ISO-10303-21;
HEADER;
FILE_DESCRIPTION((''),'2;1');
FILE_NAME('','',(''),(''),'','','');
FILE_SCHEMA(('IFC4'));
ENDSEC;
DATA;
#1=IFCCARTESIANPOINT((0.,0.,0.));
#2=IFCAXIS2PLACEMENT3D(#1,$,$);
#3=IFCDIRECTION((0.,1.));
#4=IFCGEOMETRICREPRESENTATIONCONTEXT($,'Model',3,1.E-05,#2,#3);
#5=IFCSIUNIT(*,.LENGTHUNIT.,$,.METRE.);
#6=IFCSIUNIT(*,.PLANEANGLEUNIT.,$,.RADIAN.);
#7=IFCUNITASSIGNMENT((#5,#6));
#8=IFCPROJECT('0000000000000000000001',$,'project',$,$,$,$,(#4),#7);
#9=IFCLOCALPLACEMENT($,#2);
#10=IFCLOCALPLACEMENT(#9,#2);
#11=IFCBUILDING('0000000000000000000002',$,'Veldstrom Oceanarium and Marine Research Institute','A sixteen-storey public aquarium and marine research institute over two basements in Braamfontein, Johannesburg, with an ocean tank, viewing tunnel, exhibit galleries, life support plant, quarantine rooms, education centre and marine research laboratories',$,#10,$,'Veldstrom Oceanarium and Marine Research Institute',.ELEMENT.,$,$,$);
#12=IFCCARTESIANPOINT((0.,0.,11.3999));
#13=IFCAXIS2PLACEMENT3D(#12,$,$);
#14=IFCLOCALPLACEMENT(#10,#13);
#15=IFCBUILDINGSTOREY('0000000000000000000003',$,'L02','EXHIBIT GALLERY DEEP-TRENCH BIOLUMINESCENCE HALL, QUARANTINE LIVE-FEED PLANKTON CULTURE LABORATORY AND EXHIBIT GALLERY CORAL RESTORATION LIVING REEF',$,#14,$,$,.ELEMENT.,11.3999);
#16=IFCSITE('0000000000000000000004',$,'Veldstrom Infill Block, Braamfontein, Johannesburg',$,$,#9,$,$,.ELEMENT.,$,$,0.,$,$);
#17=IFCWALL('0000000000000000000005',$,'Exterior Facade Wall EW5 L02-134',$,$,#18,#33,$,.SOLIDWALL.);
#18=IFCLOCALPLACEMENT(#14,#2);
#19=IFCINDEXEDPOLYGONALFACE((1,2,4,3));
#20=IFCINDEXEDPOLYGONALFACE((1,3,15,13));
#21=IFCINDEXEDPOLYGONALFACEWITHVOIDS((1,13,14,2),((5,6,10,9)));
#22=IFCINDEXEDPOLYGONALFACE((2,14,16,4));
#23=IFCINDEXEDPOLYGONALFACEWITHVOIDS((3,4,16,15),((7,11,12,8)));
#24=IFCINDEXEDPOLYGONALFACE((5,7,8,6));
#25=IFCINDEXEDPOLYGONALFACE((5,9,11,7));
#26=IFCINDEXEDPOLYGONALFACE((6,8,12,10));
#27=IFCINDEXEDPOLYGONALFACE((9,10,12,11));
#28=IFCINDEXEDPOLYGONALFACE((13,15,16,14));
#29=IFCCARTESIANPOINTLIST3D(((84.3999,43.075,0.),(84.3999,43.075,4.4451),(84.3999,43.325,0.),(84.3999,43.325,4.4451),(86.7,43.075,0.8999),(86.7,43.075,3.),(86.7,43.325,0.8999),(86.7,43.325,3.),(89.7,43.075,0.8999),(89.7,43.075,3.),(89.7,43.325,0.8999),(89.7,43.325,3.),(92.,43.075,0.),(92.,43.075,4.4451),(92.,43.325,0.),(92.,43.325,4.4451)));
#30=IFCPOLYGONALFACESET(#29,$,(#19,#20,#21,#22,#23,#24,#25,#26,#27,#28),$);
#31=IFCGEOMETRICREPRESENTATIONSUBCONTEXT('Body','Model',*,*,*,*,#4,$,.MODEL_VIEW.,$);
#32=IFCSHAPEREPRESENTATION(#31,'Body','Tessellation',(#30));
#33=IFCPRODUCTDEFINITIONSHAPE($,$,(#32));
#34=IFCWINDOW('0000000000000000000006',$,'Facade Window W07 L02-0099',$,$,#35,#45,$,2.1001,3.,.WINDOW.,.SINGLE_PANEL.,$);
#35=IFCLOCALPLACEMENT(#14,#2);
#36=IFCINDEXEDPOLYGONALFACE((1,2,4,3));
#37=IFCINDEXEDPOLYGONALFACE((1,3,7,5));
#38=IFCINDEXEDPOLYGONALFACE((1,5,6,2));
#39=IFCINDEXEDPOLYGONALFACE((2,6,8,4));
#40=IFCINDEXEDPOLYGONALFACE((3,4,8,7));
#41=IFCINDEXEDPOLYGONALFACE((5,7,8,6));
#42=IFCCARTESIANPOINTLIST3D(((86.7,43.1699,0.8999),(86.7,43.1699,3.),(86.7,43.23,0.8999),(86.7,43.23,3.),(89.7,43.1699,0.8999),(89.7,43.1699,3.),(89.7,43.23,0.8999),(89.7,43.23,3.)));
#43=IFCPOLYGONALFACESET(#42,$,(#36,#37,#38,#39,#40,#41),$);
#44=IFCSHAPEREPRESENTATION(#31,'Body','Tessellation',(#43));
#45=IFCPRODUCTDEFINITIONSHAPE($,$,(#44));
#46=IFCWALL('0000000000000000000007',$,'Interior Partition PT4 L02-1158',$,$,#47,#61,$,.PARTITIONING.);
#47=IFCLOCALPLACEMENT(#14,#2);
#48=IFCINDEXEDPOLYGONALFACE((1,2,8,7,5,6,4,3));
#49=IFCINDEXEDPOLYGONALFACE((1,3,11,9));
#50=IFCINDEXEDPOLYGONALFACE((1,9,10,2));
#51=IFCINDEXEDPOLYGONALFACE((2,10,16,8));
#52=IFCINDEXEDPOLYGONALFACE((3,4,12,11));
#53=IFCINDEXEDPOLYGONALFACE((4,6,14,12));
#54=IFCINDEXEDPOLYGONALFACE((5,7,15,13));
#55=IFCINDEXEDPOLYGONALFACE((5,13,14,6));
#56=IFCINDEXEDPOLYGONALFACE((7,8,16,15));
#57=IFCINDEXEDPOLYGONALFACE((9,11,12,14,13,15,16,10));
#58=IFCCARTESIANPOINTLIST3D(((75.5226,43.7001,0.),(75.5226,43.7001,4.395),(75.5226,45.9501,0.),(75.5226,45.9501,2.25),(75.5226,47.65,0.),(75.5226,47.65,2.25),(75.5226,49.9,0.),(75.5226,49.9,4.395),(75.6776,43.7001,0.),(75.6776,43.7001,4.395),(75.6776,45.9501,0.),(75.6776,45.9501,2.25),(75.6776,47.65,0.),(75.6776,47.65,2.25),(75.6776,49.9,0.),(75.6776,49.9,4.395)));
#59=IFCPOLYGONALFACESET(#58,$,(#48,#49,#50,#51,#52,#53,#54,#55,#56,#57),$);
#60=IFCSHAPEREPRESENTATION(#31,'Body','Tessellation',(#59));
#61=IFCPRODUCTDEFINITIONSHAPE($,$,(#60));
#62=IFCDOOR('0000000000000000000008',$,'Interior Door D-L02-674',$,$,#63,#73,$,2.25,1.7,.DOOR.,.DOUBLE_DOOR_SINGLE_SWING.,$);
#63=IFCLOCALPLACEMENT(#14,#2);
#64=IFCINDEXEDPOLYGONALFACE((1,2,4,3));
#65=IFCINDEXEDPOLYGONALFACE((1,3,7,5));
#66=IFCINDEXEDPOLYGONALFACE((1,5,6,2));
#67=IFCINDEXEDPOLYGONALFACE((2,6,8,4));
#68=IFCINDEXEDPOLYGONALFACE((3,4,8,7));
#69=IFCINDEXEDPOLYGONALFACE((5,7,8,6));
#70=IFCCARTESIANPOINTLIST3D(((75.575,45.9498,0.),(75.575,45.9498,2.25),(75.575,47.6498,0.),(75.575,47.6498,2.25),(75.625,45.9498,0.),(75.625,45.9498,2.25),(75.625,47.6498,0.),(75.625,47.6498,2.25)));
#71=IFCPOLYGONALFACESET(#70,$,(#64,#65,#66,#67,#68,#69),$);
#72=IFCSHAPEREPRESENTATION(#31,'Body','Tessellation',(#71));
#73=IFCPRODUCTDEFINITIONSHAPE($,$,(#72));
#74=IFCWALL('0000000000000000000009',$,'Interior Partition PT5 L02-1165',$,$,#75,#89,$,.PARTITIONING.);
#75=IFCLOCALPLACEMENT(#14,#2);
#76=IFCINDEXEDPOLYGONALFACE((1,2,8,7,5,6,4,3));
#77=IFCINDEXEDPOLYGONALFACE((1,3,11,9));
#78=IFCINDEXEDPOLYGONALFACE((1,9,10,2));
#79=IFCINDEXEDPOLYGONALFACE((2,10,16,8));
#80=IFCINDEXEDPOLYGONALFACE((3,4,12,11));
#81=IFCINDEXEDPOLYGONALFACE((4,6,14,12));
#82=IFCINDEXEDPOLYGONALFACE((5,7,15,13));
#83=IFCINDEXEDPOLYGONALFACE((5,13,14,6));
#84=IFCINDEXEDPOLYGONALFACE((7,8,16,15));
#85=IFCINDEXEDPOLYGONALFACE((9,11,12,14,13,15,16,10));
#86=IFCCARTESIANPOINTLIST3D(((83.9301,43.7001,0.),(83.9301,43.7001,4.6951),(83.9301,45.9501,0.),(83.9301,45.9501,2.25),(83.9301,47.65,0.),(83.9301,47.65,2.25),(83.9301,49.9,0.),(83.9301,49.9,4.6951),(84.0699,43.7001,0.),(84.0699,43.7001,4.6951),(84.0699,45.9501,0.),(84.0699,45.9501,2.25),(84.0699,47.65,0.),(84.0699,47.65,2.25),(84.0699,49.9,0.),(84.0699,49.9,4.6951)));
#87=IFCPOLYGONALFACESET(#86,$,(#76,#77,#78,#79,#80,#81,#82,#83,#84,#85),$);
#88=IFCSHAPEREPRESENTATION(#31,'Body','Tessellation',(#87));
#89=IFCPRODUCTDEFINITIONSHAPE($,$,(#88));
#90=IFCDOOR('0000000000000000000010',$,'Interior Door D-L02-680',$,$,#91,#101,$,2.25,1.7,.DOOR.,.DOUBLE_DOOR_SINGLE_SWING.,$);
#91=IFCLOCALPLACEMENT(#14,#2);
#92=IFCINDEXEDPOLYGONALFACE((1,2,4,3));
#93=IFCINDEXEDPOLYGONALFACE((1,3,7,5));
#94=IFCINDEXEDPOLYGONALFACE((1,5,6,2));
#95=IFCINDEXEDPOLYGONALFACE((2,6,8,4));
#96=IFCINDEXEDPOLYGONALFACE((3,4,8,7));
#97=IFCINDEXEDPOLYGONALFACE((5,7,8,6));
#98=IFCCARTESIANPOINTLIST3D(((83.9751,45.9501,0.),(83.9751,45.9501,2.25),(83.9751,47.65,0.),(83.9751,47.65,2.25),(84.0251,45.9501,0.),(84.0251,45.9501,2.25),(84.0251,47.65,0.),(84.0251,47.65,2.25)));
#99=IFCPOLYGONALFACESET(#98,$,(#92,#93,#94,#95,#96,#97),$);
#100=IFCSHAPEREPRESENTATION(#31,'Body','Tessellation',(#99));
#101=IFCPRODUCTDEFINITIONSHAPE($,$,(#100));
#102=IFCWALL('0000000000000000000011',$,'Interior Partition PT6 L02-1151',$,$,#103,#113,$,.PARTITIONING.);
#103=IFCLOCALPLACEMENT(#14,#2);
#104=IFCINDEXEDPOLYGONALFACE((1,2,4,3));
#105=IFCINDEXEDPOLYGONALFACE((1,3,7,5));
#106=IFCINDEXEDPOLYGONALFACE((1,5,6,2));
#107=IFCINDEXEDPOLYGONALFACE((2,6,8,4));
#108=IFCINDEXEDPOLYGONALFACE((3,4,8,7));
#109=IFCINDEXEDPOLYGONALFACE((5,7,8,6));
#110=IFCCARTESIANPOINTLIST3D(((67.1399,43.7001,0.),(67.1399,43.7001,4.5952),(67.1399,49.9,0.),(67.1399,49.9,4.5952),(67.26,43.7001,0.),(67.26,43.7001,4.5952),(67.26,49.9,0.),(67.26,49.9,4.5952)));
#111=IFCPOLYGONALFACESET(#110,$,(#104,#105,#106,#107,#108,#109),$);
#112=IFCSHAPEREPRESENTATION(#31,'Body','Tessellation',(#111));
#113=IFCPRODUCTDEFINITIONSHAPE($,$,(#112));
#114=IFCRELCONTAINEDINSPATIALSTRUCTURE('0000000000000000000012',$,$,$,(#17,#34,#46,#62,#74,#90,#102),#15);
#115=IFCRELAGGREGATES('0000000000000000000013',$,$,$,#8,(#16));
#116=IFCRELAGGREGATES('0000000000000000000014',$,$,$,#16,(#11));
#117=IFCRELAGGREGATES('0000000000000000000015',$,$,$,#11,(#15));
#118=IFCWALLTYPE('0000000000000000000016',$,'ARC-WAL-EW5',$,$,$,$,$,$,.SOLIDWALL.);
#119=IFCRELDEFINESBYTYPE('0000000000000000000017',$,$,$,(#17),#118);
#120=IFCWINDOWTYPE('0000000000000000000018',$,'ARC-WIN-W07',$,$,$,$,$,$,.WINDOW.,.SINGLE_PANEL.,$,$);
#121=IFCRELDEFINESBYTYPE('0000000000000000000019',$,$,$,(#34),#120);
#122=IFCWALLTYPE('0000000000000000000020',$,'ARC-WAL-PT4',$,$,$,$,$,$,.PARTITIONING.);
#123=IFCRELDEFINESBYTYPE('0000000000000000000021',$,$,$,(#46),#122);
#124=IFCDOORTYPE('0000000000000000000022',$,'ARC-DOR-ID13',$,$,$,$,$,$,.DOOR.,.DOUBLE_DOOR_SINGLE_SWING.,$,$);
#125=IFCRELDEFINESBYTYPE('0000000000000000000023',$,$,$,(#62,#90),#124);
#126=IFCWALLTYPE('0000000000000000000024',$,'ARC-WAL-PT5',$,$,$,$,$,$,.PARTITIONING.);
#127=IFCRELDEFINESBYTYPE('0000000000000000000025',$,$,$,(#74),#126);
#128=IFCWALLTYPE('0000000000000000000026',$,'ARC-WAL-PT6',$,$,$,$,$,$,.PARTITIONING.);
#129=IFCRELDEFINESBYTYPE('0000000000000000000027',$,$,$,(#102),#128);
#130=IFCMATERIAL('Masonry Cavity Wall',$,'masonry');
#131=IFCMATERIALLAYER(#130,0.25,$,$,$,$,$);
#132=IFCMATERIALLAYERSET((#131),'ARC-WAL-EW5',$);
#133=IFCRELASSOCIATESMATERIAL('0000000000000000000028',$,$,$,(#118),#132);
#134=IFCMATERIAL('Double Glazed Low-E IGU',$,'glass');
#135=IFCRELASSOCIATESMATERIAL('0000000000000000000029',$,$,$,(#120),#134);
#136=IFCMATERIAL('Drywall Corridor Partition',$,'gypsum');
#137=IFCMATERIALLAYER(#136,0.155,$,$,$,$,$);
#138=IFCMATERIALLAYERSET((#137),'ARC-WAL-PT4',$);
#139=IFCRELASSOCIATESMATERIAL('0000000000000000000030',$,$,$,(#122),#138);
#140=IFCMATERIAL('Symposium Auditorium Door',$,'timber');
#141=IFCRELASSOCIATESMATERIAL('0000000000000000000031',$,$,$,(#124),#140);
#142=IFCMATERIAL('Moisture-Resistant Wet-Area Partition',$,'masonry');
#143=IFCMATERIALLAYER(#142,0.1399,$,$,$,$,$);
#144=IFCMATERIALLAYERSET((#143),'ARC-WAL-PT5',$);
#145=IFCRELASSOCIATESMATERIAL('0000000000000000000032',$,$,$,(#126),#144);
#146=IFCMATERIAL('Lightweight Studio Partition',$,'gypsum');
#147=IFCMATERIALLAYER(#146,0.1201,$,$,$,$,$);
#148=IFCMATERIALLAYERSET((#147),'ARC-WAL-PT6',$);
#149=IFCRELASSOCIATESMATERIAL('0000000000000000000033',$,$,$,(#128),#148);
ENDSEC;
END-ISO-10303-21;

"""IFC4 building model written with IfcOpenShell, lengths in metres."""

from ifc_helpers import new_model, si_unit, direction, frame, frame_2d, origin, place, context, subcontext, project, spatial, rectangle, extrude, material, layer, layer_set, type_object, element, fill, save


model = new_model("IFC4")

# Units and contexts
model_context = context("Model", 3, precision=1e-05, world=origin(), true_north=direction((0.0, 1.0)))
body_context = subcontext(model_context, "Body", "Model", "MODEL_VIEW")
ifc_project = project(units=[si_unit("LENGTHUNIT", "METRE"), si_unit("PLANEANGLEUNIT", "RADIAN")], contexts=[model_context])

# Site, building, storey
site_placement = place(None, origin())
site = spatial("IfcSite", under=ifc_project, at=site_placement, Name="Veldstrom Infill Block, Braamfontein, Johannesburg", CompositionType="ELEMENT", RefElevation=0.0)
building_placement = place(site_placement, origin())
building = spatial("IfcBuilding", under=site, at=building_placement, Name="Veldstrom Oceanarium and Marine Research Institute", Description="A sixteen-storey public aquarium and marine research institute over two basements in Braamfontein, Johannesburg, with an ocean tank, viewing tunnel, exhibit galleries, life support plant, quarantine rooms, education centre and marine research laboratories", LongName="Veldstrom Oceanarium and Marine Research Institute", CompositionType="ELEMENT")
storey_placement = place(building_placement, frame((0.0, 0.0, 11.3999)))
storey = spatial("IfcBuildingStorey", under=building, at=storey_placement, Name="L02", Description="EXHIBIT GALLERY DEEP-TRENCH BIOLUMINESCENCE HALL, QUARANTINE LIVE-FEED PLANKTON CULTURE LABORATORY AND EXHIBIT GALLERY CORAL RESTORATION LIVING REEF", CompositionType="ELEMENT", Elevation=11.3999)

# Wall, opening, window
ifc_material_1 = material(Name="Masonry Cavity Wall", Category="masonry")
ifc_layer_1 = layer(ifc_material_1, 0.25)
ifc_layer_set_1 = layer_set([ifc_layer_1], Name="ARC-WAL-EW5")
wall_type_1 = type_object("IfcWallType", Name="ARC-WAL-EW5", PredefinedType="SOLIDWALL", material=ifc_layer_set_1)
wall_1_placement = place(storey_placement, frame((84.3999, 43.2, 0.0), z_axis=(0.0, 0.0, 1.0), x_axis=(1.0, 0.0, 0.0)))
wall_1 = element("IfcWall", 1, at=wall_1_placement, inside=storey, type_object=wall_type_1, Name="Exterior Facade Wall EW5 L02-134", PredefinedType="SOLIDWALL", context=body_context, shape_type="SweptSolid", body=[
    extrude(rectangle(XDim=7.6001, YDim=0.25, at=frame_2d((3.8, 0.0))), origin(), (0.0, 0.0, 1.0), 4.4451),
])
opening_1_placement = place(wall_1_placement, frame((2.3, 0.0, 0.8999)))
opening_1 = element("IfcOpeningElement", 2, at=opening_1_placement, cuts=wall_1, PredefinedType="OPENING", context=body_context, shape_type="SweptSolid", body=[
    extrude(rectangle(XDim=3.0, YDim=2.1001, at=frame_2d((1.5, 1.05))), frame((0.0, 0.135, 0.0), z_axis=(0.0, -1.0, 0.0), x_axis=(1.0, 0.0, 0.0)), (0.0, 0.0, 1.0), 0.27),
])
ifc_material_2 = material(Name="Double Glazed Low-E IGU", Category="glass")
window_type = type_object("IfcWindowType", Name="ARC-WIN-W07", PartitioningType="SINGLE_PANEL", PredefinedType="WINDOW", material=ifc_material_2)
window_placement = place(opening_1_placement, origin())
window = element("IfcWindow", 3, at=window_placement, inside=storey, type_object=window_type, Name="Facade Window W07 L02-0099", OverallHeight=2.1001, OverallWidth=3.0, PartitioningType="SINGLE_PANEL", PredefinedType="WINDOW", context=body_context, shape_type="SweptSolid", body=[
    extrude(rectangle(XDim=3.0, YDim=2.1001, at=frame_2d((1.5, 1.05))), frame((0.0, 0.03, 0.0), z_axis=(0.0, -1.0, 0.0), x_axis=(1.0, 0.0, 0.0)), (0.0, 0.0, 1.0), 0.0601),
])
fill(opening_1, window)

# Walls, openings, doors
ifc_material_3 = material(Name="Drywall Corridor Partition", Category="gypsum")
ifc_layer_2 = layer(ifc_material_3, 0.155)
ifc_layer_set_2 = layer_set([ifc_layer_2], Name="ARC-WAL-PT4")
wall_type_2 = type_object("IfcWallType", Name="ARC-WAL-PT4", PredefinedType="PARTITIONING", material=ifc_layer_set_2)
wall_2_placement = place(storey_placement, frame((75.6001, 43.7, 0.0), z_axis=(0.0, 0.0, 1.0), x_axis=(0.0, 1.0, 0.0)))
wall_2 = element("IfcWall", 4, at=wall_2_placement, inside=storey, type_object=wall_type_2, Name="Interior Partition PT4 L02-1158", PredefinedType="PARTITIONING", context=body_context, shape_type="SweptSolid", body=[
    extrude(rectangle(XDim=6.2, YDim=0.155, at=frame_2d((3.1001, 0.0))), origin(), (0.0, 0.0, 1.0), 4.395),
])
opening_2_placement = place(wall_2_placement, frame((2.25, 0.0, 0.0)))
opening_2 = element("IfcOpeningElement", 5, at=opening_2_placement, cuts=wall_2, PredefinedType="OPENING", context=body_context, shape_type="SweptSolid", body=[
    extrude(rectangle(XDim=1.7, YDim=2.25, at=frame_2d((0.8501, 1.125))), frame((0.0, 0.0874, 0.0), z_axis=(0.0, -1.0, 0.0), x_axis=(1.0, 0.0, 0.0)), (0.0, 0.0, 1.0), 0.175),
])
ifc_material_4 = material(Name="Symposium Auditorium Door", Category="timber")
door_type = type_object("IfcDoorType", Name="ARC-DOR-ID13", OperationType="DOUBLE_DOOR_SINGLE_SWING", PredefinedType="DOOR", material=ifc_material_4)
door_1_placement = place(opening_2_placement, frame((1.7, 0.0, 0.0), z_axis=(0.0, 0.0, 1.0), x_axis=(-1.0, 0.0, 0.0)))
door_1 = element("IfcDoor", 6, at=door_1_placement, inside=storey, type_object=door_type, Name="Interior Door D-L02-674", OperationType="DOUBLE_DOOR_SINGLE_SWING", OverallHeight=2.25, OverallWidth=1.7, PredefinedType="DOOR", context=body_context, shape_type="SweptSolid", body=[
    extrude(rectangle(XDim=1.7, YDim=2.25, at=frame_2d((0.8501, 1.125))), frame((0.0, 0.0249, 0.0), z_axis=(0.0, -1.0, 0.0), x_axis=(1.0, 0.0, 0.0)), (0.0, 0.0, 1.0), 0.05),
])
fill(opening_2, door_1)
ifc_material_5 = material(Name="Moisture-Resistant Wet-Area Partition", Category="masonry")
ifc_layer_3 = layer(ifc_material_5, 0.1399)
ifc_layer_set_3 = layer_set([ifc_layer_3], Name="ARC-WAL-PT5")
wall_type_3 = type_object("IfcWallType", Name="ARC-WAL-PT5", PredefinedType="PARTITIONING", material=ifc_layer_set_3)
wall_3_placement = place(storey_placement, frame((84.0, 43.7, 0.0), z_axis=(0.0, 0.0, 1.0), x_axis=(0.0, 1.0, 0.0)))
wall_3 = element("IfcWall", 7, at=wall_3_placement, inside=storey, type_object=wall_type_3, Name="Interior Partition PT5 L02-1165", PredefinedType="PARTITIONING", context=body_context, shape_type="SweptSolid", body=[
    extrude(rectangle(XDim=6.2, YDim=0.1399, at=frame_2d((3.1001, 0.0))), origin(), (0.0, 0.0, 1.0), 4.6951),
])
opening_3_placement = place(wall_3_placement, frame((2.25, 0.0, 0.0)))
opening_3 = element("IfcOpeningElement", 8, at=opening_3_placement, cuts=wall_3, PredefinedType="OPENING", context=body_context, shape_type="SweptSolid", body=[
    extrude(rectangle(XDim=1.7, YDim=2.25, at=frame_2d((0.8501, 1.125))), frame((0.0, 0.0798, 0.0), z_axis=(0.0, -1.0, 0.0), x_axis=(1.0, 0.0, 0.0)), (0.0, 0.0, 1.0), 0.1599),
])
door_2_placement = place(opening_3_placement, origin())
door_2 = element("IfcDoor", 9, at=door_2_placement, inside=storey, type_object=door_type, Name="Interior Door D-L02-680", OperationType="DOUBLE_DOOR_SINGLE_SWING", OverallHeight=2.25, OverallWidth=1.7, PredefinedType="DOOR", context=body_context, shape_type="SweptSolid", body=[
    extrude(rectangle(XDim=1.7, YDim=2.25, at=frame_2d((0.8501, 1.125))), frame((0.0, 0.0249, 0.0), z_axis=(0.0, -1.0, 0.0), x_axis=(1.0, 0.0, 0.0)), (0.0, 0.0, 1.0), 0.05),
])
fill(opening_3, door_2)

# Wall
ifc_material_6 = material(Name="Lightweight Studio Partition", Category="gypsum")
ifc_layer_4 = layer(ifc_material_6, 0.1201)
ifc_layer_set_4 = layer_set([ifc_layer_4], Name="ARC-WAL-PT6")
wall_type_4 = type_object("IfcWallType", Name="ARC-WAL-PT6", PredefinedType="PARTITIONING", material=ifc_layer_set_4)
wall_4_placement = place(storey_placement, frame((67.2, 43.7, 0.0), z_axis=(0.0, 0.0, 1.0), x_axis=(0.0, 1.0, 0.0)))
element("IfcWall", 10, at=wall_4_placement, inside=storey, type_object=wall_type_4, Name="Interior Partition PT6 L02-1151", PredefinedType="PARTITIONING", context=body_context, shape_type="SweptSolid", body=[
    extrude(rectangle(XDim=6.2, YDim=0.1201, at=frame_2d((3.1001, 0.0))), origin(), (0.0, 0.0, 1.0), 4.5952),
])

save(model, "model.ifc")
